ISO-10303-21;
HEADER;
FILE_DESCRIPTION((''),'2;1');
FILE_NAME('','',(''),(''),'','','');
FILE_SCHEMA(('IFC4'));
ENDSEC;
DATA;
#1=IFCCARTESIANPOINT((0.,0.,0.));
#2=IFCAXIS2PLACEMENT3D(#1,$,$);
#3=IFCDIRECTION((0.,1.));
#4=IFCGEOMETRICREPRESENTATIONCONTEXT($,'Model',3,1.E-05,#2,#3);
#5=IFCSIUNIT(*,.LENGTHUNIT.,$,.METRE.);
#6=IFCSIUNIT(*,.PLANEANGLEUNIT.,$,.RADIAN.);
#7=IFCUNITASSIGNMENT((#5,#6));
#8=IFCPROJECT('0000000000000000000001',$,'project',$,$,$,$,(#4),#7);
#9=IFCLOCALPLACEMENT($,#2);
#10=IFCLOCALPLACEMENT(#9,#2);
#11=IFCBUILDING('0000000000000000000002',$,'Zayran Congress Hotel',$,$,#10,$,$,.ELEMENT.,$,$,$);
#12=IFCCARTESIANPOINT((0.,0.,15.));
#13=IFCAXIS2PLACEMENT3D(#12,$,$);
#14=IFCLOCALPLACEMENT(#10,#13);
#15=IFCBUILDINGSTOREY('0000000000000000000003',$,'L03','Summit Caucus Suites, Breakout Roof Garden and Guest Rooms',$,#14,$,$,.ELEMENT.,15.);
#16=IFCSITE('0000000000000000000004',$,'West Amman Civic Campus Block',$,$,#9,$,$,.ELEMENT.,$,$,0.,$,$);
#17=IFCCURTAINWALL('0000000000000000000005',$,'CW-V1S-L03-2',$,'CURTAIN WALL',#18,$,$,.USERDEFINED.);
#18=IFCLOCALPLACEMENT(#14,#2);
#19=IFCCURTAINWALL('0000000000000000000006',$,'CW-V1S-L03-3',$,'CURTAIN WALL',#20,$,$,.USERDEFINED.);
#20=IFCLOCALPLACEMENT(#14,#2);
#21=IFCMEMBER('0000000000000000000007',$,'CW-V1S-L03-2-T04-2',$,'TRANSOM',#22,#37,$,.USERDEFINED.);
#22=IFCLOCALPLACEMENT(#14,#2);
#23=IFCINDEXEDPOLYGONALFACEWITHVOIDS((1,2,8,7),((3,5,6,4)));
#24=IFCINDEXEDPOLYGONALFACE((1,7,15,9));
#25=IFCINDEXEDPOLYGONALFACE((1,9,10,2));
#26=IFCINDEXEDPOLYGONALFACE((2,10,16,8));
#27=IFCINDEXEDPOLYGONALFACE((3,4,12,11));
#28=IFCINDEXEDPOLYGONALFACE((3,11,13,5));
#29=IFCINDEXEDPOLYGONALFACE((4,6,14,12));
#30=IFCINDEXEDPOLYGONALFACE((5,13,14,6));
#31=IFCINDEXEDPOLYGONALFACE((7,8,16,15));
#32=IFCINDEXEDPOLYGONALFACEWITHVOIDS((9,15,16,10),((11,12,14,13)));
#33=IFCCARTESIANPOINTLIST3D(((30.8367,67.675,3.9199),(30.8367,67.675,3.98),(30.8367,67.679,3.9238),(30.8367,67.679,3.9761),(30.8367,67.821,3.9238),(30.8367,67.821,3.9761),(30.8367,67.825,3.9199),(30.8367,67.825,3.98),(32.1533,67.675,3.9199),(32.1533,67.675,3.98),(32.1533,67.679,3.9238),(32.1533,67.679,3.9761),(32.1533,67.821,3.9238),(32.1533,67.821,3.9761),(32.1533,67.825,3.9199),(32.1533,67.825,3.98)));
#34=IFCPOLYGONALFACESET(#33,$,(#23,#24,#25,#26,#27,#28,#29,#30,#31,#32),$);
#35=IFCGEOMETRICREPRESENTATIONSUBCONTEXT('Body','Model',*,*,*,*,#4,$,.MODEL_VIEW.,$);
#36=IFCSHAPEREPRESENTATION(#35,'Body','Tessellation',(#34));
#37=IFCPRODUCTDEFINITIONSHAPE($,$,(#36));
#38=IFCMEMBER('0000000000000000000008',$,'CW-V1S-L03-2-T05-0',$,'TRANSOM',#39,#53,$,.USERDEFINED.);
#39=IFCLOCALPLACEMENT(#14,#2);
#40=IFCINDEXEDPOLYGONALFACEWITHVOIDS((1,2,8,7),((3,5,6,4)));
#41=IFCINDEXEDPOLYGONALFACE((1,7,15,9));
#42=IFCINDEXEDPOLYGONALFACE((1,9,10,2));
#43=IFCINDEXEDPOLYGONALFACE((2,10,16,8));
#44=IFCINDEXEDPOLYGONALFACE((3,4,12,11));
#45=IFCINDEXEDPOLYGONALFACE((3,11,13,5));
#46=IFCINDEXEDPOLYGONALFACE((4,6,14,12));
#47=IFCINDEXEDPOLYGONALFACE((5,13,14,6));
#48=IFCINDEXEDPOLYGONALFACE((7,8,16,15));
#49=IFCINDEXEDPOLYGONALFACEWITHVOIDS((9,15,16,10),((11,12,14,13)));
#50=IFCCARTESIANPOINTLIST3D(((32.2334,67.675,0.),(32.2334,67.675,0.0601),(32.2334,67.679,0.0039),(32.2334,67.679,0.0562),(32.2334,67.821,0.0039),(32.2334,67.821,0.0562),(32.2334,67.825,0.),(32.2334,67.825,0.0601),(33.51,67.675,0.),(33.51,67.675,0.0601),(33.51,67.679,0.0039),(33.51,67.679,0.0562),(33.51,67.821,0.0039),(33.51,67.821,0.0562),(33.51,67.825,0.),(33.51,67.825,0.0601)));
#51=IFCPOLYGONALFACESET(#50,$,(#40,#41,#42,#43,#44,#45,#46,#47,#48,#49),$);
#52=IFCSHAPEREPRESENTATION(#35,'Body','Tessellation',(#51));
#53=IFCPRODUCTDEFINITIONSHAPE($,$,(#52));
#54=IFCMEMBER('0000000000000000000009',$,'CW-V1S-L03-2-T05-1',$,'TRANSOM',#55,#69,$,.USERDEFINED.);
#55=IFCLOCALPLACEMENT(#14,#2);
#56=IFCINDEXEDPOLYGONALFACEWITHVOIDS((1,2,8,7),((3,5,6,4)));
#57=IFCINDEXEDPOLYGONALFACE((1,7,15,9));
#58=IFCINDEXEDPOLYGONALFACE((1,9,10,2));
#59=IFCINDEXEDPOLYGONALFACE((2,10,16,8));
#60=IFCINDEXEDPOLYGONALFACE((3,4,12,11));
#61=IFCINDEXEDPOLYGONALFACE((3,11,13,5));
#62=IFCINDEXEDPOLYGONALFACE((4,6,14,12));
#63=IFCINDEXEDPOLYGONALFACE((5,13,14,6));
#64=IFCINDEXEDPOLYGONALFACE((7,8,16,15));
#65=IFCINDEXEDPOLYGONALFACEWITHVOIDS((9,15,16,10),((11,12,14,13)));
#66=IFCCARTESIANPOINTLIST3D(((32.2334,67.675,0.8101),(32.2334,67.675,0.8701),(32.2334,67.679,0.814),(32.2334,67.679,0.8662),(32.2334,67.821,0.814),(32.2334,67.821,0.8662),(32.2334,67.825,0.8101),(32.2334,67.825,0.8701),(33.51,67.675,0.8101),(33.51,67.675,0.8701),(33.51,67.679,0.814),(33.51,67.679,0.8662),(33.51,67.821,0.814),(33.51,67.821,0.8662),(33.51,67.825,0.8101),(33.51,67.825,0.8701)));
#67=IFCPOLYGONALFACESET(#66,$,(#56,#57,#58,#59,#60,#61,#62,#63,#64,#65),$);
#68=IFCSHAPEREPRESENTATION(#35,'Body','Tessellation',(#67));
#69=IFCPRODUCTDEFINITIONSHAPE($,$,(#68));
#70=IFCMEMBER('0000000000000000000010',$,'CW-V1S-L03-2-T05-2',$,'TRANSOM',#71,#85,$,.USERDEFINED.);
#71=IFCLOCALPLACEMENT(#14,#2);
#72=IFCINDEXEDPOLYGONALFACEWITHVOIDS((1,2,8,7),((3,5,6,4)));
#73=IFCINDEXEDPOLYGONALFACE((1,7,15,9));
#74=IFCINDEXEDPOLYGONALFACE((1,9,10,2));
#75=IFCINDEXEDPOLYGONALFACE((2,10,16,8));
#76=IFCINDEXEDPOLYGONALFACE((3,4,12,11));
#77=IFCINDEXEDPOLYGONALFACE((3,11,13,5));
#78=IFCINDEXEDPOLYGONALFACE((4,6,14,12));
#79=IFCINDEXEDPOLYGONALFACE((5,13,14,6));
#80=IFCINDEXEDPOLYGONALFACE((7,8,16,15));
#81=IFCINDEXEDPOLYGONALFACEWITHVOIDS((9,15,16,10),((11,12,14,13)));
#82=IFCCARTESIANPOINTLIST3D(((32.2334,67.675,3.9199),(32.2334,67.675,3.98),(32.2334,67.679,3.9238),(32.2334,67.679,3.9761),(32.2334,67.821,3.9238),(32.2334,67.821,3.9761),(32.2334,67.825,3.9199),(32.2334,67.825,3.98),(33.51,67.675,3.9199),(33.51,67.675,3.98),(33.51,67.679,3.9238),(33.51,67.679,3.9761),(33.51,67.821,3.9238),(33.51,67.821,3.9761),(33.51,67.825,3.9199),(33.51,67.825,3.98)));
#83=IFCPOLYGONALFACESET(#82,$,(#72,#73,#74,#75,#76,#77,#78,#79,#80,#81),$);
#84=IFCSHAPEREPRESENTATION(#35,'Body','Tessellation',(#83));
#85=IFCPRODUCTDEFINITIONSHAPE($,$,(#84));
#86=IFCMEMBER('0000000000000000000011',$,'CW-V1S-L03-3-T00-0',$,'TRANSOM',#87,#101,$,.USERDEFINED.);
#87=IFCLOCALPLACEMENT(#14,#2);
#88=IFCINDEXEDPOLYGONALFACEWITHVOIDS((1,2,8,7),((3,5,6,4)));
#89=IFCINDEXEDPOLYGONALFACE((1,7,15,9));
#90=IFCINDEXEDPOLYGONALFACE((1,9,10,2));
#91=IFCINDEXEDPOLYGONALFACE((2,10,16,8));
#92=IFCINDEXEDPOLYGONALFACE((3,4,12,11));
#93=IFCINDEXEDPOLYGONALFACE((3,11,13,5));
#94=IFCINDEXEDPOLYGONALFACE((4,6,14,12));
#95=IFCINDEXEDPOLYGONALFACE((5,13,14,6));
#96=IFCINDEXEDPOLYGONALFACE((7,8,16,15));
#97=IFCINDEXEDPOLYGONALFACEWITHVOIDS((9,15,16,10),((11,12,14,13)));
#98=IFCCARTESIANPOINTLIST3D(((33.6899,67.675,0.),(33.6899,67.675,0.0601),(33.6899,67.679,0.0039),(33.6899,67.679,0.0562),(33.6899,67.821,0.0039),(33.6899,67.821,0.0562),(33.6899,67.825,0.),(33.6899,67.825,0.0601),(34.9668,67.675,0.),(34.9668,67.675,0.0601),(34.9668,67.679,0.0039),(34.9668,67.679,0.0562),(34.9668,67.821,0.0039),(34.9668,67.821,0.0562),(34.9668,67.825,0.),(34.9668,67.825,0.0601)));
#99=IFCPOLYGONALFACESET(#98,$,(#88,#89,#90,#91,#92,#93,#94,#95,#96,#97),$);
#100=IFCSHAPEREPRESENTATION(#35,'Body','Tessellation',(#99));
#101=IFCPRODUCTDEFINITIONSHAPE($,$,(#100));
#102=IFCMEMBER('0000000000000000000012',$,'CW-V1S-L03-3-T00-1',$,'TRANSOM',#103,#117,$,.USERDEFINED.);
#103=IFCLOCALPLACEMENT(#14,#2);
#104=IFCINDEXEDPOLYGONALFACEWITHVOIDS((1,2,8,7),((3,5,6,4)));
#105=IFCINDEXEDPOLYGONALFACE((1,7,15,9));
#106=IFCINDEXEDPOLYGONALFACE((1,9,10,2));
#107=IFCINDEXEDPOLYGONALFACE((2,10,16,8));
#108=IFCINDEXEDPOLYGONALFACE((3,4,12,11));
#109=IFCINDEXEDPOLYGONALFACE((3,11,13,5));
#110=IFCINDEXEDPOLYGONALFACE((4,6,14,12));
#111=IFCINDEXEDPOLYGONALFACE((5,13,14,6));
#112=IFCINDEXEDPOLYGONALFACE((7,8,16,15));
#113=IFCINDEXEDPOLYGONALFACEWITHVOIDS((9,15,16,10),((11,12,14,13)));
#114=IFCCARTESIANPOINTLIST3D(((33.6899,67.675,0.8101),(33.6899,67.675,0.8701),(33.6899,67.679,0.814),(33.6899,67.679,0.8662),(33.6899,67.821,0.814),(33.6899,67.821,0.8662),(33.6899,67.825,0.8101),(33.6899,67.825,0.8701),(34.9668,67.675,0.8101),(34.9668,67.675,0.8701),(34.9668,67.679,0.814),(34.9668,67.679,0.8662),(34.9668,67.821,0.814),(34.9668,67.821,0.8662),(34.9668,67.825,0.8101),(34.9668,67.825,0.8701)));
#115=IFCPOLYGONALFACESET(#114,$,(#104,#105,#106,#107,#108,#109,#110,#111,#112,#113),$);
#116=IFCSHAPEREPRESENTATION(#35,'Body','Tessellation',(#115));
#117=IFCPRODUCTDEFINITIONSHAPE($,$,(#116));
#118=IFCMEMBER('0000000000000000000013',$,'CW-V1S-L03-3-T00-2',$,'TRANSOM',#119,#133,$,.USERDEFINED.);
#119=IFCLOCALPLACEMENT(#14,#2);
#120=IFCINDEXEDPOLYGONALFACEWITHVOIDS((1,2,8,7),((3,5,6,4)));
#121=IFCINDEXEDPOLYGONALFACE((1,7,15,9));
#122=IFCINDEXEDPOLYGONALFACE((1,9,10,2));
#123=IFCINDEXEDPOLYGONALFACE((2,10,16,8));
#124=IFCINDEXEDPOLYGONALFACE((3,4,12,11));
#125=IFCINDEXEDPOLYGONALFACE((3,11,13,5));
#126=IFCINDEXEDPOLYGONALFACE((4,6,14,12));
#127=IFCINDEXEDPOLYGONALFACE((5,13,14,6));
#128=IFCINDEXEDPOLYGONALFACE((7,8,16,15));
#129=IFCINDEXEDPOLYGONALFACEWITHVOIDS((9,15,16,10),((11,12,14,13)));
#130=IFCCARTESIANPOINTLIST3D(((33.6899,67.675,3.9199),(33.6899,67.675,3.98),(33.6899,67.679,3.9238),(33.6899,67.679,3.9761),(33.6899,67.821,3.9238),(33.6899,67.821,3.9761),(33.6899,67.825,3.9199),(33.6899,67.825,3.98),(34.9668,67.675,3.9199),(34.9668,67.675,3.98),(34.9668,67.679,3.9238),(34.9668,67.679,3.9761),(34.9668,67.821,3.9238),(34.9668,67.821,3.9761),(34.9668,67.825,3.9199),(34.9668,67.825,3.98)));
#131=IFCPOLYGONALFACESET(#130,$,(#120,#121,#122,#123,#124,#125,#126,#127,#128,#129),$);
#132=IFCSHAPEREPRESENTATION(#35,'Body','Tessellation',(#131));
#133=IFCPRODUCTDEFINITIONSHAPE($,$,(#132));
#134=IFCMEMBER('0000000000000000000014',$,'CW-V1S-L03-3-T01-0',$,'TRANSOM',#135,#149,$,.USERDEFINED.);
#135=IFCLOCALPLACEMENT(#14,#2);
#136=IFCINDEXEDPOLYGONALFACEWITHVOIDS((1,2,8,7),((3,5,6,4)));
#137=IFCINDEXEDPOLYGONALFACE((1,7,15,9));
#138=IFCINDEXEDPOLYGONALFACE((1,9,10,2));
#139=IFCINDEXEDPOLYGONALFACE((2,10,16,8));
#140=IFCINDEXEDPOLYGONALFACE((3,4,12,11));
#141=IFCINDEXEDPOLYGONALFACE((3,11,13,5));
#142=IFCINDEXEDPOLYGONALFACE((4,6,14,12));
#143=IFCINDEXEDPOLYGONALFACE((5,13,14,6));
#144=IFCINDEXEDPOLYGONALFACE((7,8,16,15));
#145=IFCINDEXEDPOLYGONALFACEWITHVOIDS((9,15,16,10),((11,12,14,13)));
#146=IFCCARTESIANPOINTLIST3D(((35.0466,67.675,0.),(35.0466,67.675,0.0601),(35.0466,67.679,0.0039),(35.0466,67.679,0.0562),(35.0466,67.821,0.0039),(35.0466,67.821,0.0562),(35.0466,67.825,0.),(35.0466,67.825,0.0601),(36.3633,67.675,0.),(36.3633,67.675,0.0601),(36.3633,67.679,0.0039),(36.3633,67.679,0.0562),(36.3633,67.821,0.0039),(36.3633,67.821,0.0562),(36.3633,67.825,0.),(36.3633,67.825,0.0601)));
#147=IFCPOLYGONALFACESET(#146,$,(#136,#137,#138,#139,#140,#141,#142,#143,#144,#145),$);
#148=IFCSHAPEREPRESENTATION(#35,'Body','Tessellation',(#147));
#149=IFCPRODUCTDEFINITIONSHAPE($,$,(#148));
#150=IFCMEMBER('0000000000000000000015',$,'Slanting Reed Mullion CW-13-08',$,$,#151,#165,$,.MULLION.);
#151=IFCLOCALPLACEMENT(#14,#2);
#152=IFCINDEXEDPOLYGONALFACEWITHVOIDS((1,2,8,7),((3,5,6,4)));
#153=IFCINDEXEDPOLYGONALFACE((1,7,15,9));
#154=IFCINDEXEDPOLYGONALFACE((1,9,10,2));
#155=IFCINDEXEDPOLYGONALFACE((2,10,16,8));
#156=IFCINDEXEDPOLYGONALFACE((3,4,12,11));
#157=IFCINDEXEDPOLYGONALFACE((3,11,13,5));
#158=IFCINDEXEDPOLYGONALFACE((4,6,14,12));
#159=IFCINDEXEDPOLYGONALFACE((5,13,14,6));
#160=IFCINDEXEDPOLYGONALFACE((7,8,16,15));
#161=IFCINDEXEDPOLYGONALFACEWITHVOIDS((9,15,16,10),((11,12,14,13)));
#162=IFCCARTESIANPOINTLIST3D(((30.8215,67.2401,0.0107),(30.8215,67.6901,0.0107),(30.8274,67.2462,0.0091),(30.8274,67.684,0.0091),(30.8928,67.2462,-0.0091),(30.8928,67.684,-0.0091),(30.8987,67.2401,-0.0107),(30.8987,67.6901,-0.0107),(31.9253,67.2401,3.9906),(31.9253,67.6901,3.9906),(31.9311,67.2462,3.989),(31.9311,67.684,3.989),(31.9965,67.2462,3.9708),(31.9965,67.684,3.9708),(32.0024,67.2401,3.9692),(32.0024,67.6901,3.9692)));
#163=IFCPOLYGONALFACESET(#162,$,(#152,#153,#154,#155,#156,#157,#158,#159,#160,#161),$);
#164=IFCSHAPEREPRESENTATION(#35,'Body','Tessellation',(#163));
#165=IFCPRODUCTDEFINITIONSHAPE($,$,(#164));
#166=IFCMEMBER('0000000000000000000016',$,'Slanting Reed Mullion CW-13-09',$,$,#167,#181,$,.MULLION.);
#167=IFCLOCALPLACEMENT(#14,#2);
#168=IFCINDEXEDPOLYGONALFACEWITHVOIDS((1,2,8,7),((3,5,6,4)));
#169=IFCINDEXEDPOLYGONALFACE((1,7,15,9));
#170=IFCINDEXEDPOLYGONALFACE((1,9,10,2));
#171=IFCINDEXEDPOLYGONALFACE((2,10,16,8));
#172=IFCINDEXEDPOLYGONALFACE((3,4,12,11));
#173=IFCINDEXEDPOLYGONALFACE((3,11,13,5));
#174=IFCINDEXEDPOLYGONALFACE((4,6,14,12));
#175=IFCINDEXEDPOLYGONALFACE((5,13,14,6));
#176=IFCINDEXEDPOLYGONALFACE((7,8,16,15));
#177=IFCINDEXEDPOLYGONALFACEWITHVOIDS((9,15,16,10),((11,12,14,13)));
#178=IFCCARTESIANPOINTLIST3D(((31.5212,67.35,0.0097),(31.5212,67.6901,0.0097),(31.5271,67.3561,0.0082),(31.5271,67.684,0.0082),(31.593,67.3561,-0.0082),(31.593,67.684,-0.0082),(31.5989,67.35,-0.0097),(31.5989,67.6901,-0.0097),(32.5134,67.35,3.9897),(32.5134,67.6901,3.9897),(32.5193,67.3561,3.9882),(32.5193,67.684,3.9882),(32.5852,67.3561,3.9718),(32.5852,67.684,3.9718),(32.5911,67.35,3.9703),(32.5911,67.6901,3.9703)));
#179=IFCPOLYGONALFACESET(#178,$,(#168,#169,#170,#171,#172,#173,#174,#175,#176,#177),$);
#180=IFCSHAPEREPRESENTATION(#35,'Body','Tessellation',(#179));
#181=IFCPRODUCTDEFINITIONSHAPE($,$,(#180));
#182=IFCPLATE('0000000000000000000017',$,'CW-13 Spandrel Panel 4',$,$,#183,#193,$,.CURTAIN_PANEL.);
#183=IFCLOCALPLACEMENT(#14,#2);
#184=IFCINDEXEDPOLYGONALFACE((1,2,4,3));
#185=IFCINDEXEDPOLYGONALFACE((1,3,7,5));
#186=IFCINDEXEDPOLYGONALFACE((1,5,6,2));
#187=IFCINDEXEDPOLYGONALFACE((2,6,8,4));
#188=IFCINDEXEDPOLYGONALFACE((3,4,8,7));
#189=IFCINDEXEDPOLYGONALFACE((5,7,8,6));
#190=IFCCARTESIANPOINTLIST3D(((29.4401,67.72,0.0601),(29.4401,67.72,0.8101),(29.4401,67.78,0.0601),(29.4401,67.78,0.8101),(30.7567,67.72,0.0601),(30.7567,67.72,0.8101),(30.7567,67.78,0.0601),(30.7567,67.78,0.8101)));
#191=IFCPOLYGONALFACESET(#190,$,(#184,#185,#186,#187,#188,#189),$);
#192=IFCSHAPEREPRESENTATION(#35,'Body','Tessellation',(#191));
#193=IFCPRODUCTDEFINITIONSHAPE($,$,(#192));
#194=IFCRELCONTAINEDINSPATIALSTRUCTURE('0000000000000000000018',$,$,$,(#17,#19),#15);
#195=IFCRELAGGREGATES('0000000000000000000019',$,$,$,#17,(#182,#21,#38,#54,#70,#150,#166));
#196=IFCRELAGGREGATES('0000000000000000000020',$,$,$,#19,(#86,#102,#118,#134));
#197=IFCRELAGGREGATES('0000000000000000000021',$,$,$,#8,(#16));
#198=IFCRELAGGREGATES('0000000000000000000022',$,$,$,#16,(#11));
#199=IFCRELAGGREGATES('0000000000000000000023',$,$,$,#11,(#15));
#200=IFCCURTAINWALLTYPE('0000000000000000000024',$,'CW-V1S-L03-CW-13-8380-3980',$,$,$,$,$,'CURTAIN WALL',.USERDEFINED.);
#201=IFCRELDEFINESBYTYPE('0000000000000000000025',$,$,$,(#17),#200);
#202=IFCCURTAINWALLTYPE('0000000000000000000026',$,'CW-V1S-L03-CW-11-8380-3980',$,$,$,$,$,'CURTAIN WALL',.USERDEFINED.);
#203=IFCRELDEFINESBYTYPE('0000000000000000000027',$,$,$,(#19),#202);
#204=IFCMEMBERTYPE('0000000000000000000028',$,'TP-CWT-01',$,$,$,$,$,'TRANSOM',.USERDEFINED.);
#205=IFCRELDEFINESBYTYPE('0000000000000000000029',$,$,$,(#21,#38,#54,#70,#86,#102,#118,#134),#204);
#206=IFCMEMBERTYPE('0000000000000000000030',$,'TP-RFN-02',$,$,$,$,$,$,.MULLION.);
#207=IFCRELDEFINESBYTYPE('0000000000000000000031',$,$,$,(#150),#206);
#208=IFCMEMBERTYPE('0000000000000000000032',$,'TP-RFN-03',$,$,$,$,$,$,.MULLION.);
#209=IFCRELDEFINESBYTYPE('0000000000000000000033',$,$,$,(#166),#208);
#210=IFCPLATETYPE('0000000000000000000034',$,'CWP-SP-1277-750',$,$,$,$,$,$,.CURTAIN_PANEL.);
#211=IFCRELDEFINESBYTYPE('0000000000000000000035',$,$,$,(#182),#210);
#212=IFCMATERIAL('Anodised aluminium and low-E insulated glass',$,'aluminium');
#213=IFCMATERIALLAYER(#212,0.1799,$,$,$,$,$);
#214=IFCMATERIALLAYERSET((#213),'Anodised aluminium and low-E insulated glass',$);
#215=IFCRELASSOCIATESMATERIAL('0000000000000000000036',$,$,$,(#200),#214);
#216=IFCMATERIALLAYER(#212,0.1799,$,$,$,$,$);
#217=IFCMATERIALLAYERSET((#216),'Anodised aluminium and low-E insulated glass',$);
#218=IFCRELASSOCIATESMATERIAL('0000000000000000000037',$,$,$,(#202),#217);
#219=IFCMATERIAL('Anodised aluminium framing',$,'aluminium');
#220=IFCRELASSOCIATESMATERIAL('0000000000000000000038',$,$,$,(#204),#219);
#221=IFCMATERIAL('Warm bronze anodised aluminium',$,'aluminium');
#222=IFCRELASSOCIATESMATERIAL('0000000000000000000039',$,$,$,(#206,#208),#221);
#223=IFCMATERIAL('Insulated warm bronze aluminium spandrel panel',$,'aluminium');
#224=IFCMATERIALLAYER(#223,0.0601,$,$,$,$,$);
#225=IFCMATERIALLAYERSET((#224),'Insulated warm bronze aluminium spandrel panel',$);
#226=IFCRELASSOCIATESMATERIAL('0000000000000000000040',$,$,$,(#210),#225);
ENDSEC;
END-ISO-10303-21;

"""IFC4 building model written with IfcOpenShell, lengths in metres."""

from ifc_helpers import new_model, si_unit, direction, frame, origin, origin_2d, place, context, subcontext, project, spatial, rectangle, hollow_rectangle, extrude, material, layer, layer_set, material_profile, profile_set, type_object, element, aggregate, save


model = new_model("IFC4")

# Units and contexts
model_context = context("Model", 3, precision=1e-05, world=origin(), true_north=direction((0.0, 1.0)))
body_context = subcontext(model_context, "Body", "Model", "MODEL_VIEW")
ifc_project = project(units=[si_unit("LENGTHUNIT", "METRE"), si_unit("PLANEANGLEUNIT", "RADIAN")], contexts=[model_context])

# Site, building, storey
site_placement = place(None, origin())
site = spatial("IfcSite", under=ifc_project, at=site_placement, Name="West Amman Civic Campus Block", CompositionType="ELEMENT", RefElevation=0.0)
building_placement = place(site_placement, origin())
building = spatial("IfcBuilding", under=site, at=building_placement, Name="Zayran Congress Hotel", CompositionType="ELEMENT")
storey_placement = place(building_placement, frame((0.0, 0.0, 15.0)))
storey = spatial("IfcBuildingStorey", under=building, at=storey_placement, Name="L03", Description="Summit Caucus Suites, Breakout Roof Garden and Guest Rooms", CompositionType="ELEMENT", Elevation=15.0)

# Curtain walls
ifc_material_1 = material(Name="Anodised aluminium and low-E insulated glass", Category="aluminium")
ifc_layer_1 = layer(ifc_material_1, 0.1799)
ifc_layer_set_1 = layer_set([ifc_layer_1], Name="Anodised aluminium and low-E insulated glass")
curtain_wall_type_1 = type_object("IfcCurtainWallType", Name="CW-V1S-L03-CW-13-8380-3980", ElementType="CURTAIN WALL", PredefinedType="USERDEFINED", material=ifc_layer_set_1)
curtain_wall_1_placement = place(storey_placement, origin())
curtain_wall_1 = element("IfcCurtainWall", 1, at=curtain_wall_1_placement, inside=storey, type_object=curtain_wall_type_1, Name="CW-V1S-L03-2", ObjectType="CURTAIN WALL", PredefinedType="USERDEFINED")
ifc_material_2 = material(Name="Anodised aluminium framing", Category="aluminium")
ifc_layer_2 = layer(ifc_material_1, 0.1799)
ifc_layer_set_2 = layer_set([ifc_layer_2], Name="Anodised aluminium and low-E insulated glass")
curtain_wall_type_2 = type_object("IfcCurtainWallType", Name="CW-V1S-L03-CW-11-8380-3980", ElementType="CURTAIN WALL", PredefinedType="USERDEFINED", material=ifc_layer_set_2)
curtain_wall_2_placement = place(storey_placement, origin())
curtain_wall_2 = element("IfcCurtainWall", 2, at=curtain_wall_2_placement, inside=storey, type_object=curtain_wall_type_2, Name="CW-V1S-L03-3", ObjectType="CURTAIN WALL", PredefinedType="USERDEFINED")

# Members
ifc_material_profile_1 = material_profile(ifc_material_2, hollow_rectangle(XDim=0.0601, YDim=0.1499, WallThickness=0.0039, at=origin_2d()), Name="RHS 150x60x4")
ifc_profile_set_1 = profile_set([ifc_material_profile_1], Name="Anodised aluminium framing")
member_type_1 = type_object("IfcMemberType", Name="TP-CWT-01", ElementType="TRANSOM", PredefinedType="USERDEFINED", material=ifc_profile_set_1)
member_1_placement = place(storey_placement, frame((30.8367, 67.75, 3.95), z_axis=(1.0, 0.0, 0.0), x_axis=(0.0, 0.0, 1.0)))
member_1 = element("IfcMember", 3, at=member_1_placement, type_object=member_type_1, Name="CW-V1S-L03-2-T04-2", ObjectType="TRANSOM", PredefinedType="USERDEFINED", context=body_context, shape_type="SweptSolid", body=[
    extrude(hollow_rectangle(XDim=0.0601, YDim=0.1499, WallThickness=0.0039, at=origin_2d()), origin(), (0.0, 0.0, 1.0), 1.3167),
])
member_2_placement = place(storey_placement, frame((32.2334, 67.75, 0.03), z_axis=(1.0, 0.0, 0.0), x_axis=(0.0, 0.0, 1.0)))
member_2 = element("IfcMember", 4, at=member_2_placement, type_object=member_type_1, Name="CW-V1S-L03-2-T05-0", ObjectType="TRANSOM", PredefinedType="USERDEFINED", context=body_context, shape_type="SweptSolid", body=[
    extrude(hollow_rectangle(XDim=0.0601, YDim=0.1499, WallThickness=0.0039, at=origin_2d()), origin(), (0.0, 0.0, 1.0), 1.2766),
])
member_3_placement = place(storey_placement, frame((32.2334, 67.75, 0.8401), z_axis=(1.0, 0.0, 0.0), x_axis=(0.0, 0.0, 1.0)))
member_3 = element("IfcMember", 5, at=member_3_placement, type_object=member_type_1, Name="CW-V1S-L03-2-T05-1", ObjectType="TRANSOM", PredefinedType="USERDEFINED", context=body_context, shape_type="SweptSolid", body=[
    extrude(hollow_rectangle(XDim=0.0601, YDim=0.1499, WallThickness=0.0039, at=origin_2d()), origin(), (0.0, 0.0, 1.0), 1.2766),
])
member_4_placement = place(storey_placement, frame((32.2334, 67.75, 3.95), z_axis=(1.0, 0.0, 0.0), x_axis=(0.0, 0.0, 1.0)))
member_4 = element("IfcMember", 6, at=member_4_placement, type_object=member_type_1, Name="CW-V1S-L03-2-T05-2", ObjectType="TRANSOM", PredefinedType="USERDEFINED", context=body_context, shape_type="SweptSolid", body=[
    extrude(hollow_rectangle(XDim=0.0601, YDim=0.1499, WallThickness=0.0039, at=origin_2d()), origin(), (0.0, 0.0, 1.0), 1.2766),
])
member_5_placement = place(storey_placement, frame((33.6899, 67.75, 0.03), z_axis=(1.0, 0.0, 0.0), x_axis=(0.0, 0.0, 1.0)))
member_5 = element("IfcMember", 7, at=member_5_placement, type_object=member_type_1, Name="CW-V1S-L03-3-T00-0", ObjectType="TRANSOM", PredefinedType="USERDEFINED", context=body_context, shape_type="SweptSolid", body=[
    extrude(hollow_rectangle(XDim=0.0601, YDim=0.1499, WallThickness=0.0039, at=origin_2d()), origin(), (0.0, 0.0, 1.0), 1.2769),
])
member_6_placement = place(storey_placement, frame((33.6899, 67.75, 0.8401), z_axis=(1.0, 0.0, 0.0), x_axis=(0.0, 0.0, 1.0)))
member_6 = element("IfcMember", 8, at=member_6_placement, type_object=member_type_1, Name="CW-V1S-L03-3-T00-1", ObjectType="TRANSOM", PredefinedType="USERDEFINED", context=body_context, shape_type="SweptSolid", body=[
    extrude(hollow_rectangle(XDim=0.0601, YDim=0.1499, WallThickness=0.0039, at=origin_2d()), origin(), (0.0, 0.0, 1.0), 1.2769),
])
member_7_placement = place(storey_placement, frame((33.6899, 67.75, 3.95), z_axis=(1.0, 0.0, 0.0), x_axis=(0.0, 0.0, 1.0)))
member_7 = element("IfcMember", 9, at=member_7_placement, type_object=member_type_1, Name="CW-V1S-L03-3-T00-2", ObjectType="TRANSOM", PredefinedType="USERDEFINED", context=body_context, shape_type="SweptSolid", body=[
    extrude(hollow_rectangle(XDim=0.0601, YDim=0.1499, WallThickness=0.0039, at=origin_2d()), origin(), (0.0, 0.0, 1.0), 1.2769),
])
member_8_placement = place(storey_placement, frame((35.0466, 67.75, 0.03), z_axis=(1.0, 0.0, 0.0), x_axis=(0.0, 0.0, 1.0)))
member_8 = element("IfcMember", 10, at=member_8_placement, type_object=member_type_1, Name="CW-V1S-L03-3-T01-0", ObjectType="TRANSOM", PredefinedType="USERDEFINED", context=body_context, shape_type="SweptSolid", body=[
    extrude(hollow_rectangle(XDim=0.0601, YDim=0.1499, WallThickness=0.0039, at=origin_2d()), origin(), (0.0, 0.0, 1.0), 1.3167),
])
ifc_material_3 = material(Name="Warm bronze anodised aluminium", Category="aluminium")
ifc_material_profile_2 = material_profile(ifc_material_3, hollow_rectangle(XDim=0.0801, YDim=0.45, WallThickness=0.0061, at=origin_2d()), Name="RHS 450x80x6")
ifc_profile_set_2 = profile_set([ifc_material_profile_2], Name="Warm bronze anodised aluminium")
member_type_2 = type_object("IfcMemberType", Name="TP-RFN-02", PredefinedType="MULLION", material=ifc_profile_set_2)
member_9_placement = place(storey_placement, frame((30.8601, 67.4651, 0.0), z_axis=(0.267241, 0.0, 0.96363), x_axis=(-0.96363, 0.0, 0.267241)))
member_9 = element("IfcMember", 11, at=member_9_placement, type_object=member_type_2, Name="Slanting Reed Mullion CW-13-08", PredefinedType="MULLION", context=body_context, shape_type="SweptSolid", body=[
    extrude(hollow_rectangle(XDim=0.0801, YDim=0.45, WallThickness=0.0061, at=origin_2d()), origin(), (0.0, 0.0, 1.0), 4.1301),
])
ifc_material_profile_3 = material_profile(ifc_material_3, hollow_rectangle(XDim=0.0801, YDim=0.3401, WallThickness=0.0061, at=origin_2d()), Name="RHS 340x80x6")
ifc_profile_set_3 = profile_set([ifc_material_profile_3], Name="Warm bronze anodised aluminium")
member_type_3 = type_object("IfcMemberType", Name="TP-RFN-03", PredefinedType="MULLION", material=ifc_profile_set_3)
member_10_placement = place(storey_placement, frame((31.5601, 67.52, 0.0), z_axis=(0.241891, 0.0, 0.970303), x_axis=(-0.970303, 0.0, 0.241891)))
member_10 = element("IfcMember", 12, at=member_10_placement, type_object=member_type_3, Name="Slanting Reed Mullion CW-13-09", PredefinedType="MULLION", context=body_context, shape_type="SweptSolid", body=[
    extrude(hollow_rectangle(XDim=0.0801, YDim=0.3401, WallThickness=0.0061, at=origin_2d()), origin(), (0.0, 0.0, 1.0), 4.1018),
])

# Plate
ifc_material_4 = material(Name="Insulated warm bronze aluminium spandrel panel", Category="aluminium")
ifc_layer_3 = layer(ifc_material_4, 0.0601)
ifc_layer_set_3 = layer_set([ifc_layer_3], Name="Insulated warm bronze aluminium spandrel panel")
plate_type_1 = type_object("IfcPlateType", Name="CWP-SP-1277-750", PredefinedType="CURTAIN_PANEL", material=ifc_layer_set_3)
plate_1_placement = place(storey_placement, frame((30.0984, 67.75, 0.0601), z_axis=(0.0, 0.0, 1.0), x_axis=(1.0, 0.0, 0.0)))
plate_1 = element("IfcPlate", 13, at=plate_1_placement, type_object=plate_type_1, Name="CW-13 Spandrel Panel 4", PredefinedType="CURTAIN_PANEL", context=body_context, shape_type="SweptSolid", body=[
    extrude(rectangle(XDim=1.3167, YDim=0.0601, at=origin_2d()), origin(), (0.0, 0.0, 1.0), 0.75),
])
aggregate(curtain_wall_1, [plate_1, member_1, member_2, member_3, member_4, member_9, member_10])
aggregate(curtain_wall_2, [member_5, member_6, member_7, member_8])

save(model, "model.ifc")
